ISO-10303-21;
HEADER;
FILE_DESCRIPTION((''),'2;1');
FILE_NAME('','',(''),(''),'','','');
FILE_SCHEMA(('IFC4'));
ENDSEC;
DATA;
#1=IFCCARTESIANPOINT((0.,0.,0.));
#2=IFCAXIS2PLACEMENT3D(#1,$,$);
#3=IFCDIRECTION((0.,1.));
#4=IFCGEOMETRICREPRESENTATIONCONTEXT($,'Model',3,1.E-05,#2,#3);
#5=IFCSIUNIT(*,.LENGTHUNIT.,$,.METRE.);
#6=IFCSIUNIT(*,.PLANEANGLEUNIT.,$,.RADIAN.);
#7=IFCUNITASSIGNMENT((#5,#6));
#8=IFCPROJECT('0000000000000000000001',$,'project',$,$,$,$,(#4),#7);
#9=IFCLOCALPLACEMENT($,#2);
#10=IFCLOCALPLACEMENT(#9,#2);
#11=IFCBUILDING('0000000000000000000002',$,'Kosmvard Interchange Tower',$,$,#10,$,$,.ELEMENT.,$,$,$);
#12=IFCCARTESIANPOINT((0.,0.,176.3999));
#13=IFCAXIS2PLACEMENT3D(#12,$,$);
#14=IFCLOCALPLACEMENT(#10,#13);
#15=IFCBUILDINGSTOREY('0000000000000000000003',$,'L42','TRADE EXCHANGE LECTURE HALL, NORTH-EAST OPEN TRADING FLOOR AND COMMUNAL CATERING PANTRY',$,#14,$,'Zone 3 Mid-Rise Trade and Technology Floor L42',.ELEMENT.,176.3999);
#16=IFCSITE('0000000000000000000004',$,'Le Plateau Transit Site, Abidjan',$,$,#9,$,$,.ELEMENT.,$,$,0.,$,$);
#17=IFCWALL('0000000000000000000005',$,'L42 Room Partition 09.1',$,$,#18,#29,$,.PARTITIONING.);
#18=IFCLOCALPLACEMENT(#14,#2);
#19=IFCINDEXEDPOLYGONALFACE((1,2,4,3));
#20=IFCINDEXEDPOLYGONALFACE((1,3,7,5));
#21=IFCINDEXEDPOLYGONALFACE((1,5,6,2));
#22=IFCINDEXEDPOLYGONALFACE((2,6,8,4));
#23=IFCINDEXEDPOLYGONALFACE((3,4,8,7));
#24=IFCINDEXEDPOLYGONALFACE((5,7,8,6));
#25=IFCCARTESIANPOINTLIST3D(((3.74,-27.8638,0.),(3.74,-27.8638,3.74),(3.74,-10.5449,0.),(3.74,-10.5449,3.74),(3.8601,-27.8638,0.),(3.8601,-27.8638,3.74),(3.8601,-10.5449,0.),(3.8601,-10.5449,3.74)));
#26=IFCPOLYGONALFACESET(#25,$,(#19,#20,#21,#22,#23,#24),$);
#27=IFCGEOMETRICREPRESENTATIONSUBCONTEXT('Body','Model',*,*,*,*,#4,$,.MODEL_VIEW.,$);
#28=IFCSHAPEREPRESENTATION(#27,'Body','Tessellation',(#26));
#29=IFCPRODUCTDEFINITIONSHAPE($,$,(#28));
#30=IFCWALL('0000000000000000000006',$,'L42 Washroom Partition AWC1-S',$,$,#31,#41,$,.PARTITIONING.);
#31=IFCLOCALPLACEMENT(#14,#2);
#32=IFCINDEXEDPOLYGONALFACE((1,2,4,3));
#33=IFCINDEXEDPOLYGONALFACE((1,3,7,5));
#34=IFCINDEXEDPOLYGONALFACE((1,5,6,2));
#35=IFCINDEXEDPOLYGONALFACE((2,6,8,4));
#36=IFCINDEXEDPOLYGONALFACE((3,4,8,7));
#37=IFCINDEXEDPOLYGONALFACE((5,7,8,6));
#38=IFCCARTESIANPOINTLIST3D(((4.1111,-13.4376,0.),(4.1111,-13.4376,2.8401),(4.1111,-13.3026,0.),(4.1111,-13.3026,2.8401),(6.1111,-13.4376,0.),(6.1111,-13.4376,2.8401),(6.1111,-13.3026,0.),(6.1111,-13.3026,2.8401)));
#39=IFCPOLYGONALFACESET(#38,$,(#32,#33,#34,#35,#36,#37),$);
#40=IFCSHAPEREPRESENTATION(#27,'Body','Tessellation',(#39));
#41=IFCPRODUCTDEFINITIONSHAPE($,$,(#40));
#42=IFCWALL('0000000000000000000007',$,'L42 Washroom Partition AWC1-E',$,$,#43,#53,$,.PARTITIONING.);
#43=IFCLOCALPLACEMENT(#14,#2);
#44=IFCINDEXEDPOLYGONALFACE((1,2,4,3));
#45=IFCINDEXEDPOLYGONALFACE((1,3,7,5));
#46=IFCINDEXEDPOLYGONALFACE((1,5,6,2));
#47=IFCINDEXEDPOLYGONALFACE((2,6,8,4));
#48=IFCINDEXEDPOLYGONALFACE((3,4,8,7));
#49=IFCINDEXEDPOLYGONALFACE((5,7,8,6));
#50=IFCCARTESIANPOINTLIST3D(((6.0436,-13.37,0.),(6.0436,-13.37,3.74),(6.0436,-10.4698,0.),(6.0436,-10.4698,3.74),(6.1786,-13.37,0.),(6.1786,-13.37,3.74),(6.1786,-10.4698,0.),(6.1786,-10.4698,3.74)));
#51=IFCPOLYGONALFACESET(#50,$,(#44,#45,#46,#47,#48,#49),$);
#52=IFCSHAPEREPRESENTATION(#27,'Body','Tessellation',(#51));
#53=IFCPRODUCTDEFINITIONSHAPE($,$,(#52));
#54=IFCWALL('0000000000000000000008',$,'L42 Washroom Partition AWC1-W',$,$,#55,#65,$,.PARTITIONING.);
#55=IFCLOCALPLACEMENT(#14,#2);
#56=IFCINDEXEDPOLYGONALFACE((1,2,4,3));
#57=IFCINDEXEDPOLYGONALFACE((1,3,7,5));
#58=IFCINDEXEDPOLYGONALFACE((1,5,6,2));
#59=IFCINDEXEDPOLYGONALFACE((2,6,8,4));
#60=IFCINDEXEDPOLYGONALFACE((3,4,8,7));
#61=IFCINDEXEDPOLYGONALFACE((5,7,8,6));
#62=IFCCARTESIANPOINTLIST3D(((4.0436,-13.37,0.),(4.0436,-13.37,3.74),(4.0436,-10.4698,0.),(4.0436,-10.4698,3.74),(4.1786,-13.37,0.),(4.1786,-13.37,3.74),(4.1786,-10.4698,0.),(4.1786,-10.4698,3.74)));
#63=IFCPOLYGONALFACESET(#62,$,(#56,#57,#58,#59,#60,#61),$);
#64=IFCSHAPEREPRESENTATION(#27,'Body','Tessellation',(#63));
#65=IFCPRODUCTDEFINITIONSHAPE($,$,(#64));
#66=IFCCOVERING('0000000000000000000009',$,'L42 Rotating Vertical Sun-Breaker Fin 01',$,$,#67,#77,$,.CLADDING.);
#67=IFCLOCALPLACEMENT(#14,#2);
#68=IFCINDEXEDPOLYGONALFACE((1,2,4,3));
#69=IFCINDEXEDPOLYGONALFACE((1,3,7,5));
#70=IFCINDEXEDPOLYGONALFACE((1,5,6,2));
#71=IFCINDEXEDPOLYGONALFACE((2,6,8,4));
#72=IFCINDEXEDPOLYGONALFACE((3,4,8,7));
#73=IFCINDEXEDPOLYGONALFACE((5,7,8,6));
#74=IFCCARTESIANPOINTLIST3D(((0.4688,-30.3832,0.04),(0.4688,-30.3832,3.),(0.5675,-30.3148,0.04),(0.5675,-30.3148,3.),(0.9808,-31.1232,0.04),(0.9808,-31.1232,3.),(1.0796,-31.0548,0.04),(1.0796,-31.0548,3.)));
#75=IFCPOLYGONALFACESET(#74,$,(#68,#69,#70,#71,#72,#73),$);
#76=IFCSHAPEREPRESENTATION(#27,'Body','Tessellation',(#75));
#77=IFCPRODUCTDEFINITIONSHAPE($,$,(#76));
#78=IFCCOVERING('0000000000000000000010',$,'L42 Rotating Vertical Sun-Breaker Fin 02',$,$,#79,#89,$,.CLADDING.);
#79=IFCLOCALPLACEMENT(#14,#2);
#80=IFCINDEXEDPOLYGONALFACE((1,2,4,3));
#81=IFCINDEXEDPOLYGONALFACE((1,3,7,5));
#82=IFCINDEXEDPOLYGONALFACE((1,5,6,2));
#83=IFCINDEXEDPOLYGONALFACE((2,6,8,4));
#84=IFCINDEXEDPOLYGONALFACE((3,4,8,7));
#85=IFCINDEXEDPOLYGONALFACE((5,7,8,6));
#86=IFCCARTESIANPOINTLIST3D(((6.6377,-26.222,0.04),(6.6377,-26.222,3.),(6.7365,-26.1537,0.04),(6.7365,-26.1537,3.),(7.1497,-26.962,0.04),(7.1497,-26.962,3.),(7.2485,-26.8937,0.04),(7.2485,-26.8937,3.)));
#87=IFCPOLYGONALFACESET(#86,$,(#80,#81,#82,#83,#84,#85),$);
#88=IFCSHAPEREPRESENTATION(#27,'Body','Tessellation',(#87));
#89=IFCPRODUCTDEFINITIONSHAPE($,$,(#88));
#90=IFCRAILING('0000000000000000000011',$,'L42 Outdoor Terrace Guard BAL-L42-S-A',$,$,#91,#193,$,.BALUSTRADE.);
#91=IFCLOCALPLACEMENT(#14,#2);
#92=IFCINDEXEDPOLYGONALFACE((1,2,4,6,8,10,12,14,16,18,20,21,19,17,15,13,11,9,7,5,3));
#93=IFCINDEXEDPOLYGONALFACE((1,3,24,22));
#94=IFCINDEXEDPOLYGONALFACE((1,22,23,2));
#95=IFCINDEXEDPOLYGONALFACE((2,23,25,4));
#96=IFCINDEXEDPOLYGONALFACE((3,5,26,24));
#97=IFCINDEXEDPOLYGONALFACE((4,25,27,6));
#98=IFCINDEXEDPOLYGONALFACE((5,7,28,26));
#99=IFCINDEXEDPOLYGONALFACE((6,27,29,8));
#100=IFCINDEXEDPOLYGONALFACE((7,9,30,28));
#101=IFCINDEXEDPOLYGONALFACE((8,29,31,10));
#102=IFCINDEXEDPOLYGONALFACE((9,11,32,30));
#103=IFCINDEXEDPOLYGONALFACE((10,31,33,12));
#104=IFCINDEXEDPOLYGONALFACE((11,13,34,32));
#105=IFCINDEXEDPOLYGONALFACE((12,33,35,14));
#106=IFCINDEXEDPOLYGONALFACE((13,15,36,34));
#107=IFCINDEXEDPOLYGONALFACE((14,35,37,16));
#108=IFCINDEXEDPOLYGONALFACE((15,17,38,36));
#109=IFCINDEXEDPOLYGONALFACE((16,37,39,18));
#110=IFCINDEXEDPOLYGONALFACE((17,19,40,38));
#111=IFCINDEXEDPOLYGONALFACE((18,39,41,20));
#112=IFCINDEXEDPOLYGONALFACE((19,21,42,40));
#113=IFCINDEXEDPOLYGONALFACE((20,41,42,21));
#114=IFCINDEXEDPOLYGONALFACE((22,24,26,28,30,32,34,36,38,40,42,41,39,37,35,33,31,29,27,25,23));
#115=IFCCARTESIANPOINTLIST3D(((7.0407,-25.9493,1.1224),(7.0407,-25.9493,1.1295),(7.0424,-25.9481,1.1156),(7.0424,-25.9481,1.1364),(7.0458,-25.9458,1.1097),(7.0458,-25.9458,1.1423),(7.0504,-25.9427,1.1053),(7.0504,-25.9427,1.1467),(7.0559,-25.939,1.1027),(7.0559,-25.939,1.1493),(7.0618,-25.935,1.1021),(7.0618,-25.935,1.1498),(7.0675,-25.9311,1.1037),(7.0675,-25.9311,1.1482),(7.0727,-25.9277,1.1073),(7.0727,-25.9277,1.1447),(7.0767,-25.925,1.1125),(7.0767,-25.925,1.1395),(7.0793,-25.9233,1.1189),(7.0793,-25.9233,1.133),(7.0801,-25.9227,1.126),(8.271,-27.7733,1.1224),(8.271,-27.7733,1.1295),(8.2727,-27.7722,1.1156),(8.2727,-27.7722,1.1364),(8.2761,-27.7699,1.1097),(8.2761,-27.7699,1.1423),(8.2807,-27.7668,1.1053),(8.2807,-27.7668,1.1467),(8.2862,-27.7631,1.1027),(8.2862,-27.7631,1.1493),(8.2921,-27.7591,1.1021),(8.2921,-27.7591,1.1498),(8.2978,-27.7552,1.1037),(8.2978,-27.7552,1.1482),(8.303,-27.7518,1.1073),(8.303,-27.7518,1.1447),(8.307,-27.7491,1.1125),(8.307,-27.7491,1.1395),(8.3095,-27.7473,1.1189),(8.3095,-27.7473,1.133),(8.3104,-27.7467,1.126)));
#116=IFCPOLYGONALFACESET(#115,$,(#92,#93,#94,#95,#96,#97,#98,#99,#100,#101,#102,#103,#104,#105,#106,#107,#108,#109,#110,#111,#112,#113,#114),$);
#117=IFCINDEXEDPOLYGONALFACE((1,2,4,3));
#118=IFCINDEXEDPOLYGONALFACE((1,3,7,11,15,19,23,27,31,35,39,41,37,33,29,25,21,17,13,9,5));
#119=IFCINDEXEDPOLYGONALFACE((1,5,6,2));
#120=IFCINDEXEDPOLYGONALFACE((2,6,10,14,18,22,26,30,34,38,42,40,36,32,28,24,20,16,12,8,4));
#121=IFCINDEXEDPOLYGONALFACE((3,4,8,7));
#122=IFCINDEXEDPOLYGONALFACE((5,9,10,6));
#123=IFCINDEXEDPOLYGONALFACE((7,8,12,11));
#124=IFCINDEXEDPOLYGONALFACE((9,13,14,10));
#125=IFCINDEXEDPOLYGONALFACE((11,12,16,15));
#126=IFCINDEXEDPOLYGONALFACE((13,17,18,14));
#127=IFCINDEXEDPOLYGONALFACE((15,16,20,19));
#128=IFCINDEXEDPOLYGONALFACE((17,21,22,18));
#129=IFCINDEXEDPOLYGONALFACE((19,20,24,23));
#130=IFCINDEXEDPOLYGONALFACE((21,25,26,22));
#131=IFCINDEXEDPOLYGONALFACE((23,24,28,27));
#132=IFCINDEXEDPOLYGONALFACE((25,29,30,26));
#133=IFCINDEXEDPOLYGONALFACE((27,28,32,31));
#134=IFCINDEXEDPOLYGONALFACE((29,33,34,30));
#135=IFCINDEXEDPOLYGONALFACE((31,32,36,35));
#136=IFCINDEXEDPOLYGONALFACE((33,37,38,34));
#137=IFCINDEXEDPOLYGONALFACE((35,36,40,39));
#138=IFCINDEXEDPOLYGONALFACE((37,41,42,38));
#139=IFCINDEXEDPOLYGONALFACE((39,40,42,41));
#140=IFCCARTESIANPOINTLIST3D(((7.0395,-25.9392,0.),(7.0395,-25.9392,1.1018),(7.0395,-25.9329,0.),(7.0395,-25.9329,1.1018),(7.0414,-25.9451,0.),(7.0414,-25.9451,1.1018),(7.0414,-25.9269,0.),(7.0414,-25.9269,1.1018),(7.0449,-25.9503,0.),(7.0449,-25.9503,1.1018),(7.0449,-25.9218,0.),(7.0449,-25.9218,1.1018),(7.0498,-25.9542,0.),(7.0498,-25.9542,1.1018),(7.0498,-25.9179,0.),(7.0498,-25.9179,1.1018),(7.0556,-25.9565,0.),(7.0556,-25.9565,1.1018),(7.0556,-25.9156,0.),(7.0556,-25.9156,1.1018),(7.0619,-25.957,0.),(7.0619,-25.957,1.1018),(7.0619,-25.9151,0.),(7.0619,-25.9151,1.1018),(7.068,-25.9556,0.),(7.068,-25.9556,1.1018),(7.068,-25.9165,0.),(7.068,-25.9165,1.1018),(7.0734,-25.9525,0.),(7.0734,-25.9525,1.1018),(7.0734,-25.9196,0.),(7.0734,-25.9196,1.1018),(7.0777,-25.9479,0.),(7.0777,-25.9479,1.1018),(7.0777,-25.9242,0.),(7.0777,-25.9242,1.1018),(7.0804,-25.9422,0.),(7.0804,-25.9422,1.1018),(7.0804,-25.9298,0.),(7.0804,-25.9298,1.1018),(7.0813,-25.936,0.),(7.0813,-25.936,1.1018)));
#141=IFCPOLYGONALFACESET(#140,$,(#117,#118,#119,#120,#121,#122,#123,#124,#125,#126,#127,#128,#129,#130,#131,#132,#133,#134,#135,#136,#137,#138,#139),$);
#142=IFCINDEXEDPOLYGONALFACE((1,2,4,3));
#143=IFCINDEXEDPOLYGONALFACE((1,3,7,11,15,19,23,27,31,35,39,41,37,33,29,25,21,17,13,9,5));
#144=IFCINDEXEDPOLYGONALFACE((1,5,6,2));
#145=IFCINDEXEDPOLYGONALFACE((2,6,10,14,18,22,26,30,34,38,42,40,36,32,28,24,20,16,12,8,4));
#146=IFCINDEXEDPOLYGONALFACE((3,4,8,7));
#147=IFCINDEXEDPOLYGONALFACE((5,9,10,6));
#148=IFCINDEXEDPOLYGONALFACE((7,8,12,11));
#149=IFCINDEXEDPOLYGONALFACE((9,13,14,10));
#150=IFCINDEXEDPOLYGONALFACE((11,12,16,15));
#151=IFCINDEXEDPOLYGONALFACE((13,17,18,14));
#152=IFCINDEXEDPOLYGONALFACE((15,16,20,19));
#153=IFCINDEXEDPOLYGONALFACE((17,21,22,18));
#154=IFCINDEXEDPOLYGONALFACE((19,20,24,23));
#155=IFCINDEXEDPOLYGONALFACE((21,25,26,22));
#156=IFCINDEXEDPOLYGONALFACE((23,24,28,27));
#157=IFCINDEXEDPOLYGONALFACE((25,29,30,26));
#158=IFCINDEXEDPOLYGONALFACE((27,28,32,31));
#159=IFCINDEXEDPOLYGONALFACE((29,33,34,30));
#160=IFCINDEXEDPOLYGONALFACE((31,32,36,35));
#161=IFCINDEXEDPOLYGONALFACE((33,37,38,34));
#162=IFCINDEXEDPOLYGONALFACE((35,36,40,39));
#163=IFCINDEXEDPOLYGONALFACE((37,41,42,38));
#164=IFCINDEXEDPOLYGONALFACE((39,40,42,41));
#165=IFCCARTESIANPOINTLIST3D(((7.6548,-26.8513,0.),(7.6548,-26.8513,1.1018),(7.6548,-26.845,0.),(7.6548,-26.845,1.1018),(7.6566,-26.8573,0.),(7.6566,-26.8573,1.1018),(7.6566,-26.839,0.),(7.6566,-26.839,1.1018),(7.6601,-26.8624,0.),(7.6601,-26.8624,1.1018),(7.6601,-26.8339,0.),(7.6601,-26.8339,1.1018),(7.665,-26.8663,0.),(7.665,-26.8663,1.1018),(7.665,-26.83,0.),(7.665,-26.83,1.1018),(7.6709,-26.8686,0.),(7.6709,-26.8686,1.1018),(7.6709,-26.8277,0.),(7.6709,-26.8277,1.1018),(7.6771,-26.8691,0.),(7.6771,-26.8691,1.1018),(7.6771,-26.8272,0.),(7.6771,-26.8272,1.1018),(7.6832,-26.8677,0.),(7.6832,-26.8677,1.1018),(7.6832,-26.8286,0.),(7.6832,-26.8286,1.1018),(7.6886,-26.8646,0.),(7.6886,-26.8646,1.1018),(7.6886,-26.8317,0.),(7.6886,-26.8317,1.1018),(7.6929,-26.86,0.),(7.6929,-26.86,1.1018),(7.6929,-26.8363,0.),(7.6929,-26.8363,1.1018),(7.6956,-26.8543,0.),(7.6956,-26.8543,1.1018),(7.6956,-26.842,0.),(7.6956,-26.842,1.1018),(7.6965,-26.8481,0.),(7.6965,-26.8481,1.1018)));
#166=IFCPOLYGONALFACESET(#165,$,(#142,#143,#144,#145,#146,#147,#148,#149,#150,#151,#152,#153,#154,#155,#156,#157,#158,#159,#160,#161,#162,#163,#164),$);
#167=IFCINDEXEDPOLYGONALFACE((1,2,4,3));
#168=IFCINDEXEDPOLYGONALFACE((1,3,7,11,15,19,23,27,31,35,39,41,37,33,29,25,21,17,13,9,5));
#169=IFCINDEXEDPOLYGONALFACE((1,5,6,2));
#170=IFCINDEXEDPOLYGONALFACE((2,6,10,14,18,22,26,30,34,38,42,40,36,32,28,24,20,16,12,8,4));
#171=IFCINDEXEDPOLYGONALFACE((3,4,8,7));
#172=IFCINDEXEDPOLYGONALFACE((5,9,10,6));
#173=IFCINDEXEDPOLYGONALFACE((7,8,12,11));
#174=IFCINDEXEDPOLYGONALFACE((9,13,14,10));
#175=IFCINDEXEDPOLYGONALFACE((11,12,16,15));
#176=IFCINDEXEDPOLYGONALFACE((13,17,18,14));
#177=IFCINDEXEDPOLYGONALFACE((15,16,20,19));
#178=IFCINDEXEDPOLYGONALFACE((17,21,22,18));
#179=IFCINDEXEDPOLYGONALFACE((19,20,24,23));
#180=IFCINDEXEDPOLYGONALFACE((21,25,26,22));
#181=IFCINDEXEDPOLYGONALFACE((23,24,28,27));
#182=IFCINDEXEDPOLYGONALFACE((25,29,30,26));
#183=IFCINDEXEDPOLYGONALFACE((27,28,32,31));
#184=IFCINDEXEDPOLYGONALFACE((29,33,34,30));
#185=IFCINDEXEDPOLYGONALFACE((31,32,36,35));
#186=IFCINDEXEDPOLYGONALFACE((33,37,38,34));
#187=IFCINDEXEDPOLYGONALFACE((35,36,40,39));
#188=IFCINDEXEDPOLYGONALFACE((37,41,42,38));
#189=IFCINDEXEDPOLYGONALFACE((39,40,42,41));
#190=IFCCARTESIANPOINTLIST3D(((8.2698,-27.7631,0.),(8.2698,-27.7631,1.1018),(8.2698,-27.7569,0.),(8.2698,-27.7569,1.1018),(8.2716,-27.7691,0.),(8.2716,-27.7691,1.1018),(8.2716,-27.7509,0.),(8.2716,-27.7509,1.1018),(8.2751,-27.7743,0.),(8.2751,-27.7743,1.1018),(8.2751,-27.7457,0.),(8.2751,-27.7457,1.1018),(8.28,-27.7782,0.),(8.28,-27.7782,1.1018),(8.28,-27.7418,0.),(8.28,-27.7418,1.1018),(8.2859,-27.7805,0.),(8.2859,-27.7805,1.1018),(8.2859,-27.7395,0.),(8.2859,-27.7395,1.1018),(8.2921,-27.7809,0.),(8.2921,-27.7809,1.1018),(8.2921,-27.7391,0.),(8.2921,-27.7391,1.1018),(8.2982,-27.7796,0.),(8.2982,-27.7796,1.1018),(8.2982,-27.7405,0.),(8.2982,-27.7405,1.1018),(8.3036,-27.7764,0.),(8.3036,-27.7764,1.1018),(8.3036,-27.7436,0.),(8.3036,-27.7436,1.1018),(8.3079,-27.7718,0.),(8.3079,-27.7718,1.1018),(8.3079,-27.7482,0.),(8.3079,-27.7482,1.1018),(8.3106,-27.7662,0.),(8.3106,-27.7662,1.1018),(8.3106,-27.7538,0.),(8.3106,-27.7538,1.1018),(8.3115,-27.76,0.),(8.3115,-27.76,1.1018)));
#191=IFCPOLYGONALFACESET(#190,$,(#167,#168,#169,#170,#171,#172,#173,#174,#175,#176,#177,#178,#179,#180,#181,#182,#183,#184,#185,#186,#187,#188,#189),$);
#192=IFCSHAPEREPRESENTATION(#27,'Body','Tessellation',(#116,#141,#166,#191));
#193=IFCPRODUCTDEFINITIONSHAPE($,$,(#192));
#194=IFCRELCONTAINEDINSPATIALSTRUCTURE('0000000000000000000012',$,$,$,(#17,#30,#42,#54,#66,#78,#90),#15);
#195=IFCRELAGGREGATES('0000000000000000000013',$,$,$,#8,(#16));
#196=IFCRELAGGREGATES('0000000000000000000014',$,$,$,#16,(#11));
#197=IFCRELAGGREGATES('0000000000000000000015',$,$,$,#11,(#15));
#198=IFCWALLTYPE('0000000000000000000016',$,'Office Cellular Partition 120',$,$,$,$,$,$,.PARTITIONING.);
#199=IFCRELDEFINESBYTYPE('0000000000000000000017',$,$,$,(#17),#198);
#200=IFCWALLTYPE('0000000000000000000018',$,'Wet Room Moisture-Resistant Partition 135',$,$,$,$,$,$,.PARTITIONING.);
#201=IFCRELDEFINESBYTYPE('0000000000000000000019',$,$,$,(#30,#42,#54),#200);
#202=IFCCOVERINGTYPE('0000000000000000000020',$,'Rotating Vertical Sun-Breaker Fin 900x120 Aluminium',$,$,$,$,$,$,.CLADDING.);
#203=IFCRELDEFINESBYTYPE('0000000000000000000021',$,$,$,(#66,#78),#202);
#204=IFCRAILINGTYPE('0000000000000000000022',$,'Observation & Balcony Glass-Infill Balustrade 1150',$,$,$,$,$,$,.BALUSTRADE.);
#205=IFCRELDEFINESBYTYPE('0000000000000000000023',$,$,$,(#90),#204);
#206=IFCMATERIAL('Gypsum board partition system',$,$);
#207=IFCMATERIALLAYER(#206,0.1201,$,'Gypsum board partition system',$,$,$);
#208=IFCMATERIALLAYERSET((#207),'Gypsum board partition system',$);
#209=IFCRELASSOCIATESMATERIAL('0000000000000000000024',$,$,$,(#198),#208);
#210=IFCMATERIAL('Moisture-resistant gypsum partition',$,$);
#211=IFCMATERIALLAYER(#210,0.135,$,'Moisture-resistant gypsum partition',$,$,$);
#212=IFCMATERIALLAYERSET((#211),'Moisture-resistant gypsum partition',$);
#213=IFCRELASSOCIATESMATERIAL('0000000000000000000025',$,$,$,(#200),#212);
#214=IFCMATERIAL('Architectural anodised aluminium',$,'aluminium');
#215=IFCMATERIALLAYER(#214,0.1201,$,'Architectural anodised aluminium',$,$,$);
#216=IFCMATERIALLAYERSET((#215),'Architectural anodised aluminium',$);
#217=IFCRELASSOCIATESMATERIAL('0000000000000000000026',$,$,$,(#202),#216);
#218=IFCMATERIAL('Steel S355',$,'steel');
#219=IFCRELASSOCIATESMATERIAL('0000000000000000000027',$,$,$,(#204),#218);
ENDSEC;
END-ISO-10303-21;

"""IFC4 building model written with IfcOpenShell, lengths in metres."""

from ifc_helpers import new_model, si_unit, direction, frame, frame_2d, origin, origin_2d, place, context, subcontext, project, spatial, rectangle, circle, extrude, source, transform, mapped, material, layer, layer_set, type_object, element, save


model = new_model("IFC4")

# Units and contexts
model_context = context("Model", 3, precision=1e-05, world=origin(), true_north=direction((0.0, 1.0)))
body_context = subcontext(model_context, "Body", "Model", "MODEL_VIEW")
ifc_project = project(units=[si_unit("LENGTHUNIT", "METRE"), si_unit("PLANEANGLEUNIT", "RADIAN")], contexts=[model_context])

# Site, building, storey
site_placement = place(None, origin())
site = spatial("IfcSite", under=ifc_project, at=site_placement, Name="Le Plateau Transit Site, Abidjan", CompositionType="ELEMENT", RefElevation=0.0)
building_placement = place(site_placement, origin())
building = spatial("IfcBuilding", under=site, at=building_placement, Name="Kosmvard Interchange Tower", CompositionType="ELEMENT")
storey_placement = place(building_placement, frame((0.0, 0.0, 176.3999)))
storey = spatial("IfcBuildingStorey", under=building, at=storey_placement, Name="L42", Description="TRADE EXCHANGE LECTURE HALL, NORTH-EAST OPEN TRADING FLOOR AND COMMUNAL CATERING PANTRY", LongName="Zone 3 Mid-Rise Trade and Technology Floor L42", CompositionType="ELEMENT", Elevation=176.3999)

# Shared definitions
ifc_material_1 = material(Name="Steel S355", Category="steel")

# Walls
ifc_material_2 = material(Name="Gypsum board partition system")
ifc_layer_1 = layer(ifc_material_2, 0.1201, Name="Gypsum board partition system")
ifc_layer_set_1 = layer_set([ifc_layer_1], Name="Gypsum board partition system")
wall_type_1 = type_object("IfcWallType", Name="Office Cellular Partition 120", PredefinedType="PARTITIONING", material=ifc_layer_set_1)
wall_1_placement = place(storey_placement, frame((3.8, -27.8638, 0.0), z_axis=(0.0, 0.0, 1.0), x_axis=(0.0, 1.0, 0.0)))
element("IfcWall", 1, at=wall_1_placement, inside=storey, type_object=wall_type_1, Name="L42 Room Partition 09.1", PredefinedType="PARTITIONING", context=body_context, shape_type="SweptSolid", body=[
    extrude(rectangle(XDim=17.3188, YDim=0.1201, at=frame_2d((8.6594, 0.0))), origin(), (0.0, 0.0, 1.0), 3.74),
])
ifc_material_3 = material(Name="Moisture-resistant gypsum partition")
ifc_layer_2 = layer(ifc_material_3, 0.135, Name="Moisture-resistant gypsum partition")
ifc_layer_set_2 = layer_set([ifc_layer_2], Name="Moisture-resistant gypsum partition")
wall_type_2 = type_object("IfcWallType", Name="Wet Room Moisture-Resistant Partition 135", PredefinedType="PARTITIONING", material=ifc_layer_set_2)
wall_2_placement = place(storey_placement, frame((4.1111, -13.3701, 0.0), z_axis=(0.0, 0.0, 1.0), x_axis=(1.0, 0.0, 0.0)))
element("IfcWall", 2, at=wall_2_placement, inside=storey, type_object=wall_type_2, Name="L42 Washroom Partition AWC1-S", PredefinedType="PARTITIONING", context=body_context, shape_type="SweptSolid", body=[
    extrude(rectangle(XDim=2.0, YDim=0.135, at=frame_2d((1.0, 0.0))), origin(), (0.0, 0.0, 1.0), 2.8401),
])
for number, where, z_axis, x_axis, name in (
    (3, (6.1111, -13.3701, 0.0), (0.0, 0.0, 1.0), (0.0, 1.0, 0.0), "L42 Washroom Partition AWC1-E"),
    (4, (4.1111, -13.3701, 0.0), (0.0, 0.0, 1.0), (0.0, 1.0, 0.0), "L42 Washroom Partition AWC1-W"),
):
    element("IfcWall", number, at=place(storey_placement, frame(where, z_axis=z_axis, x_axis=x_axis)), inside=storey, type_object=wall_type_2, Name=name, PredefinedType="PARTITIONING", context=body_context, shape_type="SweptSolid", body=[
        extrude(rectangle(XDim=2.9001, YDim=0.135, at=frame_2d((1.4502, 0.0))), origin(), (0.0, 0.0, 1.0), 3.74),
    ])

# Coverings
ifc_material_4 = material(Name="Architectural anodised aluminium", Category="aluminium")
ifc_layer_3 = layer(ifc_material_4, 0.1201, Name="Architectural anodised aluminium")
ifc_layer_set_3 = layer_set([ifc_layer_3], Name="Architectural anodised aluminium")
covering_type = type_object("IfcCoveringType", Name="Rotating Vertical Sun-Breaker Fin 900x120 Aluminium", PredefinedType="CLADDING", material=ifc_layer_set_3)
shared_shape_1 = source(origin(), body_context, "Body", "SweptSolid", [
    extrude(rectangle(XDim=0.8999, YDim=0.1201, at=origin_2d()), origin(), (0.0, 0.0, 1.0), 2.96),
])
for number, where, z_axis, x_axis, name in (
    (5, (0.7742, -30.719, 0.04), (0.0, 0.0, 1.0), (0.568993, -0.822343, 0.0), "L42 Rotating Vertical Sun-Breaker Fin 01"),
    (6, (6.9431, -26.5579, 0.04), (0.0, 0.0, 1.0), (0.568993, -0.822343, 0.0), "L42 Rotating Vertical Sun-Breaker Fin 02"),
):
    element("IfcCovering", number, at=place(storey_placement, frame(where, z_axis=z_axis, x_axis=x_axis)), inside=storey, type_object=covering_type, Name=name, PredefinedType="CLADDING", context=body_context, shape_type="MappedRepresentation", body=[
        mapped(shared_shape_1, transform((0.0, 0.0, 0.0), scale=1.0)),
    ])

# Railing
railing_type = type_object("IfcRailingType", Name="Observation & Balcony Glass-Infill Balustrade 1150", PredefinedType="BALUSTRADE", material=ifc_material_1)
shared_shape_2 = source(origin(), body_context, "Body", "SweptSolid", [
    extrude(circle(Radius=0.0239, at=origin_2d()), frame((0.0, 0.0, 1.126), z_axis=(0.559174, -0.829051, 0.0), x_axis=(0.829051, 0.559174, 0.0)), (0.0, 0.0, 1.0), 2.2002),
    extrude(circle(Radius=0.021, at=origin_2d()), origin(), (0.0, 0.0, 1.0), 1.1018),
    extrude(circle(Radius=0.021, at=origin_2d()), frame((0.6152, -0.9121, 0.0)), (0.0, 0.0, 1.0), 1.1018),
    extrude(circle(Radius=0.021, at=origin_2d()), frame((1.2302, -1.824, 0.0)), (0.0, 0.0, 1.0), 1.1018),
])
railing_1_placement = place(storey_placement, frame((7.0603, -25.936, 0.0)))
element("IfcRailing", 7, at=railing_1_placement, inside=storey, type_object=railing_type, Name="L42 Outdoor Terrace Guard BAL-L42-S-A", PredefinedType="BALUSTRADE", context=body_context, shape_type="MappedRepresentation", body=[
    mapped(shared_shape_2, transform((0.0, 0.0, 0.0), scale=1.0)),
])

save(model, "model.ifc")
